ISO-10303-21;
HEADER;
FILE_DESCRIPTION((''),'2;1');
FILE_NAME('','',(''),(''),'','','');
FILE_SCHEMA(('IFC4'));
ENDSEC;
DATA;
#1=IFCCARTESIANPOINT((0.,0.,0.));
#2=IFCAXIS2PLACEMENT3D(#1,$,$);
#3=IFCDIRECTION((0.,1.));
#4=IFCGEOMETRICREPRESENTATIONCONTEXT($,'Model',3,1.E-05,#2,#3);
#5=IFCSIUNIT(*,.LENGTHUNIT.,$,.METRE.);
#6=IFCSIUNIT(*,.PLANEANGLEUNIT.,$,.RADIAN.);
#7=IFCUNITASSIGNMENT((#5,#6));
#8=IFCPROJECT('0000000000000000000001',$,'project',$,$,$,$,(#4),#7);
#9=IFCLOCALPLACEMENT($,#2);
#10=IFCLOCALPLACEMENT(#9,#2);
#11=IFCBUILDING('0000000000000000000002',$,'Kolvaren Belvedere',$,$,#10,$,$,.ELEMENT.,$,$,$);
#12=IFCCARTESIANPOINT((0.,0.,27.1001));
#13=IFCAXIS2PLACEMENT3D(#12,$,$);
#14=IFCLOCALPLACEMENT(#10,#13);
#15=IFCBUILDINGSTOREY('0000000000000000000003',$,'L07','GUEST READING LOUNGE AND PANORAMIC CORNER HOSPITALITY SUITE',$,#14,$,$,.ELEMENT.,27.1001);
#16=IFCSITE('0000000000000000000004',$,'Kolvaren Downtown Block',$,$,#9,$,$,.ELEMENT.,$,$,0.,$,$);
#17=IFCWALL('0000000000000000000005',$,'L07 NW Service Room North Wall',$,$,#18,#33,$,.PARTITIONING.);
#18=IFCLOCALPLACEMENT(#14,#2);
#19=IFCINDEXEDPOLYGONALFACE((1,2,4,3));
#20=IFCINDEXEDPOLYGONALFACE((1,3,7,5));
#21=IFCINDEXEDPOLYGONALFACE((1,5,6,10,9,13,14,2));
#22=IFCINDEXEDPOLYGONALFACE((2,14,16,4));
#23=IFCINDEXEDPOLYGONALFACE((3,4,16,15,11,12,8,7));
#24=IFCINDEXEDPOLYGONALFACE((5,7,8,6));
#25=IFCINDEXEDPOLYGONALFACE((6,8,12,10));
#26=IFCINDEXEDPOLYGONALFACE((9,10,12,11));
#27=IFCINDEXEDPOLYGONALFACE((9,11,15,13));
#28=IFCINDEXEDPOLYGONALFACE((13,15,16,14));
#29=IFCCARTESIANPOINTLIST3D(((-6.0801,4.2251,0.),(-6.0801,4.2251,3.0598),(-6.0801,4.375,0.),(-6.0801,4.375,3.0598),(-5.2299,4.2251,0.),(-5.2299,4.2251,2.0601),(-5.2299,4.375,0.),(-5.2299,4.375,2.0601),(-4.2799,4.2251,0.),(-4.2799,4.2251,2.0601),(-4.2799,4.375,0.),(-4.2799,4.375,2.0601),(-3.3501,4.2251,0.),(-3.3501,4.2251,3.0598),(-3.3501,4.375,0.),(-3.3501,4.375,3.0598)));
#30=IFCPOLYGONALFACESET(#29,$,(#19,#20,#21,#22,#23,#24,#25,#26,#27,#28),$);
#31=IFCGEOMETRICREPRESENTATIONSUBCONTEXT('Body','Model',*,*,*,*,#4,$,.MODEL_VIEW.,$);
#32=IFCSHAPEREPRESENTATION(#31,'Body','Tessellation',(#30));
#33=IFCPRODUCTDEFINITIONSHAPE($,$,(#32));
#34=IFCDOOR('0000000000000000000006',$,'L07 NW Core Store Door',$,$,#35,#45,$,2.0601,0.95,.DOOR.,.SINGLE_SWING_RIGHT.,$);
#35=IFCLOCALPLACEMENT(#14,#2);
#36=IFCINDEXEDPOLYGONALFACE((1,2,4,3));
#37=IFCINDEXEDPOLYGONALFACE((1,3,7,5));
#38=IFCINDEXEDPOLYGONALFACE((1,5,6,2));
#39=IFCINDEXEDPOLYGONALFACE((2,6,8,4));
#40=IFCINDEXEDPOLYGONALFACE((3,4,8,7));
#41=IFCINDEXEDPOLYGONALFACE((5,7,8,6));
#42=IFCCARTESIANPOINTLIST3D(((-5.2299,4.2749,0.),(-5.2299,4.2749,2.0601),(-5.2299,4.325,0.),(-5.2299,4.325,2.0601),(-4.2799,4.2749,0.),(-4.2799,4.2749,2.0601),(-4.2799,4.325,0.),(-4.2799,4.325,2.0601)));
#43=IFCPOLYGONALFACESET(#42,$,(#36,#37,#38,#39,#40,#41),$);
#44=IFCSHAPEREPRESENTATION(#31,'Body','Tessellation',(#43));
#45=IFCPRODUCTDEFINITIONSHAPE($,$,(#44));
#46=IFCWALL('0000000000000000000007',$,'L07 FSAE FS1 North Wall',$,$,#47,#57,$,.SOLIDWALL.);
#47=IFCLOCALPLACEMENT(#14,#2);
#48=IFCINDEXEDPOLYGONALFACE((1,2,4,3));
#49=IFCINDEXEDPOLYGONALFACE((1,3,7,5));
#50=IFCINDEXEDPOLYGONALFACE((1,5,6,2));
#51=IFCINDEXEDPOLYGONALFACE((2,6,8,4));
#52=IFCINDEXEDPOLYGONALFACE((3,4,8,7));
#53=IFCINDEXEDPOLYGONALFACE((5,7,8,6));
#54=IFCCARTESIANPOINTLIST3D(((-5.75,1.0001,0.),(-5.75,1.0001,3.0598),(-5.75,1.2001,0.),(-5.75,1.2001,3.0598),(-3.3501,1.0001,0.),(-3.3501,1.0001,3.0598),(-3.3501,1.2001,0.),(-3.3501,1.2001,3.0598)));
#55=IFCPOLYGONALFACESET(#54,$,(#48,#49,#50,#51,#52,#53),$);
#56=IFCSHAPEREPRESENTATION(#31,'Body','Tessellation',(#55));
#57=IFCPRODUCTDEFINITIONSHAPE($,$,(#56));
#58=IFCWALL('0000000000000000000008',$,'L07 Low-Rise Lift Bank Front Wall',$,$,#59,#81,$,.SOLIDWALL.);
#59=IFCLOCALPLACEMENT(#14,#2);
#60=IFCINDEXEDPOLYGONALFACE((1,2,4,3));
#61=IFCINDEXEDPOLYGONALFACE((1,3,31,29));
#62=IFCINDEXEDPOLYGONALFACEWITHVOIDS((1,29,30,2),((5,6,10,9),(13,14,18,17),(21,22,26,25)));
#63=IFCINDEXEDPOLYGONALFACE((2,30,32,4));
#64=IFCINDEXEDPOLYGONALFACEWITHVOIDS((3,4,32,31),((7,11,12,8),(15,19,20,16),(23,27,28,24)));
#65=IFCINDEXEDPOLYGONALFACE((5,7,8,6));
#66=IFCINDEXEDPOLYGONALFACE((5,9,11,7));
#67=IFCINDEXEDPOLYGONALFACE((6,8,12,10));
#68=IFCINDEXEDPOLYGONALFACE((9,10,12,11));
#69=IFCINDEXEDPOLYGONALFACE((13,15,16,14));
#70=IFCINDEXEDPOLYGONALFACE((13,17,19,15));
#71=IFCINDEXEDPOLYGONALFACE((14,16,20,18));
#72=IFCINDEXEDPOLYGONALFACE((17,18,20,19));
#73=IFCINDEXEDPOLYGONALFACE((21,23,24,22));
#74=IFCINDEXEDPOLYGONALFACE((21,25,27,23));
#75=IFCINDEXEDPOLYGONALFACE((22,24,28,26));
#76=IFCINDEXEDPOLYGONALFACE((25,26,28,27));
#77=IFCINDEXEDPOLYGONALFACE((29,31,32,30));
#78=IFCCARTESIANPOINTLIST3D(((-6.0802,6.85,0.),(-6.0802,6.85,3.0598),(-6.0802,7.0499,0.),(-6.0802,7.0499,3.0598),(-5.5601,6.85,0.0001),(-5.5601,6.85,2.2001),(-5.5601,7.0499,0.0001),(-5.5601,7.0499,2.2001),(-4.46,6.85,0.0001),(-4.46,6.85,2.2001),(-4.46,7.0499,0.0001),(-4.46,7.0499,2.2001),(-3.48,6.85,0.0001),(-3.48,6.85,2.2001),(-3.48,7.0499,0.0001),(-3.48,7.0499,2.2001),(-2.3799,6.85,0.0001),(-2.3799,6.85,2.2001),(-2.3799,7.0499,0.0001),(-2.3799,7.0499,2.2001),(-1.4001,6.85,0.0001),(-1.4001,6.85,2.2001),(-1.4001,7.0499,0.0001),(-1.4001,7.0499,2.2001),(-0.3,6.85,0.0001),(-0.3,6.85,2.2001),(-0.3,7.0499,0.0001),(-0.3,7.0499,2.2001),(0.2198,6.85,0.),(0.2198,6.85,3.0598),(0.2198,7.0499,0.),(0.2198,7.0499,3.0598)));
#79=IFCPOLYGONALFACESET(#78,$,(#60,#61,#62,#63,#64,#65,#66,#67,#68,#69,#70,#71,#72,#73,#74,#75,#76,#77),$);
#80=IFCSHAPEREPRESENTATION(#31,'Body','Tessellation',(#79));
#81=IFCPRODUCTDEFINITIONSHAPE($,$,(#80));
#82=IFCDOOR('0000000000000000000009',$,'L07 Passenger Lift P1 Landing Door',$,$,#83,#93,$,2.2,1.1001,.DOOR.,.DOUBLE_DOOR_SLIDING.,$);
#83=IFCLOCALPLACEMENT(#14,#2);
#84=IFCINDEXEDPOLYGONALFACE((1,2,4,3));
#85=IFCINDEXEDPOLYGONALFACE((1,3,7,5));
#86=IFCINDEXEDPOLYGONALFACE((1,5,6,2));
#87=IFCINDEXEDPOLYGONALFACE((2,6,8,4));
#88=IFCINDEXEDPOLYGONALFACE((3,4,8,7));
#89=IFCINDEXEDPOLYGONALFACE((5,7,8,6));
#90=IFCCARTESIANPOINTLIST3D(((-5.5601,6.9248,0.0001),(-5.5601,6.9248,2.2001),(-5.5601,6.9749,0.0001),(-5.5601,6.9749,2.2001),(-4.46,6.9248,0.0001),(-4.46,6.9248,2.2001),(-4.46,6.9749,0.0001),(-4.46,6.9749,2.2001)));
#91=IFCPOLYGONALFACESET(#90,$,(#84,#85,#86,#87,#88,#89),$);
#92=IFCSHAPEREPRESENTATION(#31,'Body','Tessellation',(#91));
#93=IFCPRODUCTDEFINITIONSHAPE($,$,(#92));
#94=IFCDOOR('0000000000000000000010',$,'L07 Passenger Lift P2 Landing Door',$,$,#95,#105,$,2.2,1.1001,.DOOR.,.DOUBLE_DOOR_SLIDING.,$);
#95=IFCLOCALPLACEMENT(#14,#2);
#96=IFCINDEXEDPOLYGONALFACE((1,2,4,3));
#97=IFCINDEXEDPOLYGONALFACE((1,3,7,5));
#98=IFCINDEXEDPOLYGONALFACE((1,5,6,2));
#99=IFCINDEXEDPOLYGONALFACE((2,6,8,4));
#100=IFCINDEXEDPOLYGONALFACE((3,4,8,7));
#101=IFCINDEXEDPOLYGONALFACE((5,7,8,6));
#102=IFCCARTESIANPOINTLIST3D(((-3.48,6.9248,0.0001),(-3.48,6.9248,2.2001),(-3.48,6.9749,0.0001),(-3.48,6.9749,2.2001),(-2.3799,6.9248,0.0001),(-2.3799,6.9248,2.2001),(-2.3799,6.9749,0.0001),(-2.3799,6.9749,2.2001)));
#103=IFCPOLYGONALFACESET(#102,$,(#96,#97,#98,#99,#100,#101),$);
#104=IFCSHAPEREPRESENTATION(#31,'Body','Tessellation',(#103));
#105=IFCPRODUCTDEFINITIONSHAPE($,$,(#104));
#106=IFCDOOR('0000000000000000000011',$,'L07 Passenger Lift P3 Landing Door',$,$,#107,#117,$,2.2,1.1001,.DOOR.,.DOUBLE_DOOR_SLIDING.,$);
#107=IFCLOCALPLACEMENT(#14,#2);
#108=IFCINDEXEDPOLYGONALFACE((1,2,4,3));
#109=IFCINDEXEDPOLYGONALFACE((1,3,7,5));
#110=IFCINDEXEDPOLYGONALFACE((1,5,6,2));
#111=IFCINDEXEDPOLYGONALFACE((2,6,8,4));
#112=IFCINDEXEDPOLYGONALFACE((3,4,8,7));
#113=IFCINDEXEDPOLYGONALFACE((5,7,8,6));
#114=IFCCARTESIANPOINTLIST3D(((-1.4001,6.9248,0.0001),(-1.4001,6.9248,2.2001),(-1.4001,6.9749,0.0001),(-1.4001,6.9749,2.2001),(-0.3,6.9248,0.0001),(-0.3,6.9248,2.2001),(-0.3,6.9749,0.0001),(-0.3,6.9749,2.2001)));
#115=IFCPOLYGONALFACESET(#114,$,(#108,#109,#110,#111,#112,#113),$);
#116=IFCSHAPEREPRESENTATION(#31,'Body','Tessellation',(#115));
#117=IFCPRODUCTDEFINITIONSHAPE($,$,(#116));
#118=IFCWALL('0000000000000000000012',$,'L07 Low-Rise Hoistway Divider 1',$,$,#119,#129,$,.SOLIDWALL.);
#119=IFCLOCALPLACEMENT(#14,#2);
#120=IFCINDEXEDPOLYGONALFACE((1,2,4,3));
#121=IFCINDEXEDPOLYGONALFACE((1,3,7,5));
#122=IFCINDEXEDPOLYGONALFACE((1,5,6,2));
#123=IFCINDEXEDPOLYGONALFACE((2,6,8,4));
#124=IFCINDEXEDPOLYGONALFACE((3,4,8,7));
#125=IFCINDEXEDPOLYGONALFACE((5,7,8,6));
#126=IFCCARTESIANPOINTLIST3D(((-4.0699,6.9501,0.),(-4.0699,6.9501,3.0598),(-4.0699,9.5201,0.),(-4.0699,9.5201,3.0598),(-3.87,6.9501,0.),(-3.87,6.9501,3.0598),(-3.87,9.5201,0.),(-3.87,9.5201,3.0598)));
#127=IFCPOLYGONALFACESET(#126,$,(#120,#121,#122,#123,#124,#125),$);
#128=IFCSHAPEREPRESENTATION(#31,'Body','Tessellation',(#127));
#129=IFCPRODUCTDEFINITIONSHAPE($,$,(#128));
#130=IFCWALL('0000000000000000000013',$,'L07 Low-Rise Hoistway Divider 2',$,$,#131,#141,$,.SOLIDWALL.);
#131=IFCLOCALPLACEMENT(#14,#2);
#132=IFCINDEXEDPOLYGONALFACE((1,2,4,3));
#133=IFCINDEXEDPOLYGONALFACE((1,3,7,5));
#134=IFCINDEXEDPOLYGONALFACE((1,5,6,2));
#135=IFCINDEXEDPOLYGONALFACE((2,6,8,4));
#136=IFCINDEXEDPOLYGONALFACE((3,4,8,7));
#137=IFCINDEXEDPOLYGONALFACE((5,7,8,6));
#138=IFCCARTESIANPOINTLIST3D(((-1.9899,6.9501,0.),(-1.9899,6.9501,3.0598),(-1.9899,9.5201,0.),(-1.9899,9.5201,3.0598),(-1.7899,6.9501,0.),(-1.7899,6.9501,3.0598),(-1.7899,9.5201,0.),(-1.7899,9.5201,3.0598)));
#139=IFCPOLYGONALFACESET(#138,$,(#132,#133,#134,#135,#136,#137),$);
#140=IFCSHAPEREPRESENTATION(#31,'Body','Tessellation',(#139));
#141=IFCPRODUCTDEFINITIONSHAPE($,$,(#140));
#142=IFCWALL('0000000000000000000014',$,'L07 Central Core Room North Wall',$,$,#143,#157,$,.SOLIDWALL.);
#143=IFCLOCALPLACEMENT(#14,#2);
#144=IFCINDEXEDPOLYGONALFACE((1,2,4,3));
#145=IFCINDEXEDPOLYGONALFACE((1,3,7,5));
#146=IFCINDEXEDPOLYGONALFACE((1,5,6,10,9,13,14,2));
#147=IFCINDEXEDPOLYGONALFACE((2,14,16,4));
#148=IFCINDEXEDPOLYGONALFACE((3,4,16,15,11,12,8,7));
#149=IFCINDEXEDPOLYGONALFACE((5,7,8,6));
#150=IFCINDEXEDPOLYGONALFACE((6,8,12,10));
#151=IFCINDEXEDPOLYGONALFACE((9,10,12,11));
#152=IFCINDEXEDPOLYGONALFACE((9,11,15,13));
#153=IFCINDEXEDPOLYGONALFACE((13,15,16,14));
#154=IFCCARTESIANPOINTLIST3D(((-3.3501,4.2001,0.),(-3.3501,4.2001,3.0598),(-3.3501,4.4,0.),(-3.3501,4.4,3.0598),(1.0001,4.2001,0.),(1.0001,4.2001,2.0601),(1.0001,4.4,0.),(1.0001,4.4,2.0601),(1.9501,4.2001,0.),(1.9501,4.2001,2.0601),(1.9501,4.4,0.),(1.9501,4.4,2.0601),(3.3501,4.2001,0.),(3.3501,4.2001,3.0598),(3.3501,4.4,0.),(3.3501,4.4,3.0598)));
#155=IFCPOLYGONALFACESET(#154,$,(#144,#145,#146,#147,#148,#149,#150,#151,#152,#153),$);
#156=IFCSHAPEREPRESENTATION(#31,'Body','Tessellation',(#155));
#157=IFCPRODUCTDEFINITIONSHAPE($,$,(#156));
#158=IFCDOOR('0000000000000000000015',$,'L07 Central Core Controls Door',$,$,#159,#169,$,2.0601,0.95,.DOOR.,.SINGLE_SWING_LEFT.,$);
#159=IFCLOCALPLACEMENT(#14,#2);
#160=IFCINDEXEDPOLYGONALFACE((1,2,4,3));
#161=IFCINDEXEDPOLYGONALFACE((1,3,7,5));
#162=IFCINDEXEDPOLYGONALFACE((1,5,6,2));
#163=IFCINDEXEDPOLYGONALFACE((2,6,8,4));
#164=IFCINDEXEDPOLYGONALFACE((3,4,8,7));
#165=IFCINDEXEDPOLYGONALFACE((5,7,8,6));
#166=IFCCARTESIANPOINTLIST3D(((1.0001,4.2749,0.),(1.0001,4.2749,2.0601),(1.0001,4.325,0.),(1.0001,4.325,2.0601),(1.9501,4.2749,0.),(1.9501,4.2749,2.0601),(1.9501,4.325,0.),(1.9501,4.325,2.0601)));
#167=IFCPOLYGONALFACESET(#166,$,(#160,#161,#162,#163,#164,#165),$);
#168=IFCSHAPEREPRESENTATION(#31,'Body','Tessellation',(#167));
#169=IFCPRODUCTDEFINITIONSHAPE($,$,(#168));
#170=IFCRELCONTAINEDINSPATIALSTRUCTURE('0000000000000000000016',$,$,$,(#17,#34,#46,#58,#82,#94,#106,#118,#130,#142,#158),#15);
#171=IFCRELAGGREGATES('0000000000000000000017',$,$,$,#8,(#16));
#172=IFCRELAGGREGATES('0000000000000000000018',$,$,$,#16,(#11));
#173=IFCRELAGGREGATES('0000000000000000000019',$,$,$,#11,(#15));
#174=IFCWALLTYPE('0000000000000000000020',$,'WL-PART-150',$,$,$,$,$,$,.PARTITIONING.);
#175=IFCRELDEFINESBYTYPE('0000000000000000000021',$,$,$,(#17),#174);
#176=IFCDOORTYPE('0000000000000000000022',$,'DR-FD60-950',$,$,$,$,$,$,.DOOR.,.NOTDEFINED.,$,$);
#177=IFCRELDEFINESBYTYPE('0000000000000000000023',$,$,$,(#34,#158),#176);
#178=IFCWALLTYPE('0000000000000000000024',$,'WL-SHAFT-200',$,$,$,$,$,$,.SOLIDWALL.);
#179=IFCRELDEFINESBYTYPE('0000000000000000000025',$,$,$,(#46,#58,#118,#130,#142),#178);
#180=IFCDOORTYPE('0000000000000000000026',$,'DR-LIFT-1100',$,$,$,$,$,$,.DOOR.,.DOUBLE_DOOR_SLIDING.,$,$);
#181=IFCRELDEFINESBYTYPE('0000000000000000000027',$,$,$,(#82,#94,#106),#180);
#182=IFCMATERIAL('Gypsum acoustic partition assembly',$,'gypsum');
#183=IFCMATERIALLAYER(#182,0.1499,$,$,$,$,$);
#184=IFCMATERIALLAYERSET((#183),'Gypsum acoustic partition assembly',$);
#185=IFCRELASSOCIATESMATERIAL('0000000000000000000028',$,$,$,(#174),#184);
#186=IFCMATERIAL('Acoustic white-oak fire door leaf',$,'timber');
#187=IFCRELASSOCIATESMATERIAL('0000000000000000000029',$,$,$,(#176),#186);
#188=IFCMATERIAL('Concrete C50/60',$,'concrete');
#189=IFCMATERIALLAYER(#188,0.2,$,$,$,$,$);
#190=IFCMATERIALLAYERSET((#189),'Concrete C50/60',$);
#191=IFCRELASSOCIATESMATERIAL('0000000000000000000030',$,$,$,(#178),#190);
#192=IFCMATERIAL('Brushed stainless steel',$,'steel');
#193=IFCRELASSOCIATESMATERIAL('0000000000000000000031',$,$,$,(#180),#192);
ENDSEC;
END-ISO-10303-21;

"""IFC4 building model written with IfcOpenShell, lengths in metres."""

from ifc_helpers import new_model, si_unit, direction, frame, frame_2d, origin, place, context, subcontext, project, spatial, rectangle, extrude, material, layer, layer_set, type_object, element, fill, save


model = new_model("IFC4")

# Units and contexts
model_context = context("Model", 3, precision=1e-05, world=origin(), true_north=direction((0.0, 1.0)))
body_context = subcontext(model_context, "Body", "Model", "MODEL_VIEW")
ifc_project = project(units=[si_unit("LENGTHUNIT", "METRE"), si_unit("PLANEANGLEUNIT", "RADIAN")], contexts=[model_context])

# Site, building, storey
site_placement = place(None, origin())
site = spatial("IfcSite", under=ifc_project, at=site_placement, Name="Kolvaren Downtown Block", CompositionType="ELEMENT", RefElevation=0.0)
building_placement = place(site_placement, origin())
building = spatial("IfcBuilding", under=site, at=building_placement, Name="Kolvaren Belvedere", CompositionType="ELEMENT")
storey_placement = place(building_placement, frame((0.0, 0.0, 27.1001)))
storey = spatial("IfcBuildingStorey", under=building, at=storey_placement, Name="L07", Description="GUEST READING LOUNGE AND PANORAMIC CORNER HOSPITALITY SUITE", CompositionType="ELEMENT", Elevation=27.1001)

# Wall, opening, door
ifc_material_1 = material(Name="Gypsum acoustic partition assembly", Category="gypsum")
ifc_layer_1 = layer(ifc_material_1, 0.1499)
ifc_layer_set_1 = layer_set([ifc_layer_1], Name="Gypsum acoustic partition assembly")
wall_type_1 = type_object("IfcWallType", Name="WL-PART-150", PredefinedType="PARTITIONING", material=ifc_layer_set_1)
wall_1_placement = place(storey_placement, frame((-6.0801, 4.3, 0.0), z_axis=(0.0, 0.0, 1.0), x_axis=(1.0, 0.0, 0.0)))
wall_1 = element("IfcWall", 1, at=wall_1_placement, inside=storey, type_object=wall_type_1, Name="L07 NW Service Room North Wall", PredefinedType="PARTITIONING", context=body_context, shape_type="SweptSolid", body=[
    extrude(rectangle(XDim=2.73, YDim=0.1499, at=frame_2d((1.365, 0.0))), origin(), (0.0, 0.0, 1.0), 3.0598),
])
opening_1_placement = place(wall_1_placement, frame((0.8501, 0.0, 0.0)))
opening_1 = element("IfcOpeningElement", 2, at=opening_1_placement, cuts=wall_1, PredefinedType="OPENING", context=body_context, shape_type="SweptSolid", body=[
    extrude(rectangle(XDim=0.95, YDim=2.0601, at=frame_2d((0.4751, 1.03))), frame((0.0, 0.085, 0.0), z_axis=(0.0, -1.0, 0.0), x_axis=(1.0, 0.0, 0.0)), (0.0, 0.0, 1.0), 0.1699),
])
ifc_material_2 = material(Name="Acoustic white-oak fire door leaf", Category="timber")
door_type_1 = type_object("IfcDoorType", Name="DR-FD60-950", OperationType="NOTDEFINED", PredefinedType="DOOR", material=ifc_material_2)
door_1_placement = place(opening_1_placement, origin())
door_1 = element("IfcDoor", 3, at=door_1_placement, inside=storey, type_object=door_type_1, Name="L07 NW Core Store Door", OperationType="SINGLE_SWING_RIGHT", OverallHeight=2.0601, OverallWidth=0.95, PredefinedType="DOOR", context=body_context, shape_type="SweptSolid", body=[
    extrude(rectangle(XDim=0.95, YDim=2.0601, at=frame_2d((0.4751, 1.03))), frame((0.0, 0.0249, 0.0), z_axis=(0.0, -1.0, 0.0), x_axis=(1.0, 0.0, 0.0)), (0.0, 0.0, 1.0), 0.05),
])
fill(opening_1, door_1)

# Wall
ifc_material_3 = material(Name="Concrete C50/60", Category="concrete")
ifc_layer_2 = layer(ifc_material_3, 0.2)
ifc_layer_set_2 = layer_set([ifc_layer_2], Name="Concrete C50/60")
wall_type_2 = type_object("IfcWallType", Name="WL-SHAFT-200", PredefinedType="SOLIDWALL", material=ifc_layer_set_2)
wall_2_placement = place(storey_placement, frame((-5.75, 1.1001, 0.0), z_axis=(0.0, 0.0, 1.0), x_axis=(1.0, 0.0, 0.0)))
element("IfcWall", 4, at=wall_2_placement, inside=storey, type_object=wall_type_2, Name="L07 FSAE FS1 North Wall", PredefinedType="SOLIDWALL", context=body_context, shape_type="SweptSolid", body=[
    extrude(rectangle(XDim=2.3999, YDim=0.2, at=frame_2d((1.2, 0.0))), origin(), (0.0, 0.0, 1.0), 3.0598),
])

# Wall, openings, doors
wall_3_placement = place(storey_placement, frame((-6.0801, 6.95, 0.0), z_axis=(0.0, 0.0, 1.0), x_axis=(1.0, 0.0, 0.0)))
wall_3 = element("IfcWall", 5, at=wall_3_placement, inside=storey, type_object=wall_type_2, Name="L07 Low-Rise Lift Bank Front Wall", PredefinedType="SOLIDWALL", context=body_context, shape_type="SweptSolid", body=[
    extrude(rectangle(XDim=6.3, YDim=0.2, at=frame_2d((3.1499, 0.0))), origin(), (0.0, 0.0, 1.0), 3.0598),
])
opening_2_placement = place(wall_3_placement, frame((0.52, 0.0, 0.0)))
opening_2 = element("IfcOpeningElement", 6, at=opening_2_placement, cuts=wall_3, PredefinedType="OPENING", context=body_context, shape_type="SweptSolid", body=[
    extrude(rectangle(XDim=1.1001, YDim=2.2, at=frame_2d((0.55, 1.1001))), frame((0.0, 0.1099, 0.0), z_axis=(0.0, -1.0, 0.0), x_axis=(1.0, 0.0, 0.0)), (0.0, 0.0, 1.0), 0.22),
])
opening_3_placement = place(wall_3_placement, frame((2.6001, 0.0, 0.0)))
opening_3 = element("IfcOpeningElement", 7, at=opening_3_placement, cuts=wall_3, PredefinedType="OPENING", context=body_context, shape_type="SweptSolid", body=[
    extrude(rectangle(XDim=1.1001, YDim=2.2, at=frame_2d((0.55, 1.1001))), frame((0.0, 0.1099, 0.0), z_axis=(0.0, -1.0, 0.0), x_axis=(1.0, 0.0, 0.0)), (0.0, 0.0, 1.0), 0.22),
])
opening_4_placement = place(wall_3_placement, frame((4.6799, 0.0, 0.0)))
opening_4 = element("IfcOpeningElement", 8, at=opening_4_placement, cuts=wall_3, PredefinedType="OPENING", context=body_context, shape_type="SweptSolid", body=[
    extrude(rectangle(XDim=1.1001, YDim=2.2, at=frame_2d((0.55, 1.1001))), frame((0.0, 0.1099, 0.0), z_axis=(0.0, -1.0, 0.0), x_axis=(1.0, 0.0, 0.0)), (0.0, 0.0, 1.0), 0.22),
])
ifc_material_4 = material(Name="Brushed stainless steel", Category="steel")
door_type_2 = type_object("IfcDoorType", Name="DR-LIFT-1100", OperationType="DOUBLE_DOOR_SLIDING", PredefinedType="DOOR", material=ifc_material_4)
door_2_placement = place(opening_2_placement, origin())
door_2 = element("IfcDoor", 9, at=door_2_placement, inside=storey, type_object=door_type_2, Name="L07 Passenger Lift P1 Landing Door", OperationType="DOUBLE_DOOR_SLIDING", OverallHeight=2.2, OverallWidth=1.1001, PredefinedType="DOOR", context=body_context, shape_type="SweptSolid", body=[
    extrude(rectangle(XDim=1.1001, YDim=2.2, at=frame_2d((0.55, 1.1001))), frame((0.0, 0.0249, 0.0), z_axis=(0.0, -1.0, 0.0), x_axis=(1.0, 0.0, 0.0)), (0.0, 0.0, 1.0), 0.05),
])
fill(opening_2, door_2)
door_3_placement = place(opening_3_placement, origin())
door_3 = element("IfcDoor", 10, at=door_3_placement, inside=storey, type_object=door_type_2, Name="L07 Passenger Lift P2 Landing Door", OperationType="DOUBLE_DOOR_SLIDING", OverallHeight=2.2, OverallWidth=1.1001, PredefinedType="DOOR", context=body_context, shape_type="SweptSolid", body=[
    extrude(rectangle(XDim=1.1001, YDim=2.2, at=frame_2d((0.55, 1.1001))), frame((0.0, 0.0249, 0.0), z_axis=(0.0, -1.0, 0.0), x_axis=(1.0, 0.0, 0.0)), (0.0, 0.0, 1.0), 0.05),
])
fill(opening_3, door_3)
door_4_placement = place(opening_4_placement, origin())
door_4 = element("IfcDoor", 11, at=door_4_placement, inside=storey, type_object=door_type_2, Name="L07 Passenger Lift P3 Landing Door", OperationType="DOUBLE_DOOR_SLIDING", OverallHeight=2.2, OverallWidth=1.1001, PredefinedType="DOOR", context=body_context, shape_type="SweptSolid", body=[
    extrude(rectangle(XDim=1.1001, YDim=2.2, at=frame_2d((0.55, 1.1001))), frame((0.0, 0.0249, 0.0), z_axis=(0.0, -1.0, 0.0), x_axis=(1.0, 0.0, 0.0)), (0.0, 0.0, 1.0), 0.05),
])
fill(opening_4, door_4)

# Walls
for number, where, z_axis, x_axis, name in (
    (12, (-3.97, 6.95, 0.0), (0.0, 0.0, 1.0), (0.0, 1.0, 0.0), "L07 Low-Rise Hoistway Divider 1"),
    (13, (-1.8899, 6.95, 0.0), (0.0, 0.0, 1.0), (0.0, 1.0, 0.0), "L07 Low-Rise Hoistway Divider 2"),
):
    element("IfcWall", number, at=place(storey_placement, frame(where, z_axis=z_axis, x_axis=x_axis)), inside=storey, type_object=wall_type_2, Name=name, PredefinedType="SOLIDWALL", context=body_context, shape_type="SweptSolid", body=[
        extrude(rectangle(XDim=2.5701, YDim=0.2, at=frame_2d((1.2852, 0.0))), origin(), (0.0, 0.0, 1.0), 3.0598),
    ])

# Wall, opening, door
wall_4_placement = place(storey_placement, frame((-3.3501, 4.3, 0.0), z_axis=(0.0, 0.0, 1.0), x_axis=(1.0, 0.0, 0.0)))
wall_4 = element("IfcWall", 14, at=wall_4_placement, inside=storey, type_object=wall_type_2, Name="L07 Central Core Room North Wall", PredefinedType="SOLIDWALL", context=body_context, shape_type="SweptSolid", body=[
    extrude(rectangle(XDim=6.7002, YDim=0.2, at=frame_2d((3.3501, 0.0))), origin(), (0.0, 0.0, 1.0), 3.0598),
])
opening_5_placement = place(wall_4_placement, frame((4.3501, 0.0, 0.0)))
opening_5 = element("IfcOpeningElement", 15, at=opening_5_placement, cuts=wall_4, PredefinedType="OPENING", context=body_context, shape_type="SweptSolid", body=[
    extrude(rectangle(XDim=0.95, YDim=2.0601, at=frame_2d((0.4751, 1.03))), frame((0.0, 0.1099, 0.0), z_axis=(0.0, -1.0, 0.0), x_axis=(1.0, 0.0, 0.0)), (0.0, 0.0, 1.0), 0.22),
])
door_5_placement = place(opening_5_placement, origin())
door_5 = element("IfcDoor", 16, at=door_5_placement, inside=storey, type_object=door_type_1, Name="L07 Central Core Controls Door", OperationType="SINGLE_SWING_LEFT", OverallHeight=2.0601, OverallWidth=0.95, PredefinedType="DOOR", context=body_context, shape_type="SweptSolid", body=[
    extrude(rectangle(XDim=0.95, YDim=2.0601, at=frame_2d((0.4751, 1.03))), frame((0.0, 0.0249, 0.0), z_axis=(0.0, -1.0, 0.0), x_axis=(1.0, 0.0, 0.0)), (0.0, 0.0, 1.0), 0.05),
])
fill(opening_5, door_5)

save(model, "model.ifc")
